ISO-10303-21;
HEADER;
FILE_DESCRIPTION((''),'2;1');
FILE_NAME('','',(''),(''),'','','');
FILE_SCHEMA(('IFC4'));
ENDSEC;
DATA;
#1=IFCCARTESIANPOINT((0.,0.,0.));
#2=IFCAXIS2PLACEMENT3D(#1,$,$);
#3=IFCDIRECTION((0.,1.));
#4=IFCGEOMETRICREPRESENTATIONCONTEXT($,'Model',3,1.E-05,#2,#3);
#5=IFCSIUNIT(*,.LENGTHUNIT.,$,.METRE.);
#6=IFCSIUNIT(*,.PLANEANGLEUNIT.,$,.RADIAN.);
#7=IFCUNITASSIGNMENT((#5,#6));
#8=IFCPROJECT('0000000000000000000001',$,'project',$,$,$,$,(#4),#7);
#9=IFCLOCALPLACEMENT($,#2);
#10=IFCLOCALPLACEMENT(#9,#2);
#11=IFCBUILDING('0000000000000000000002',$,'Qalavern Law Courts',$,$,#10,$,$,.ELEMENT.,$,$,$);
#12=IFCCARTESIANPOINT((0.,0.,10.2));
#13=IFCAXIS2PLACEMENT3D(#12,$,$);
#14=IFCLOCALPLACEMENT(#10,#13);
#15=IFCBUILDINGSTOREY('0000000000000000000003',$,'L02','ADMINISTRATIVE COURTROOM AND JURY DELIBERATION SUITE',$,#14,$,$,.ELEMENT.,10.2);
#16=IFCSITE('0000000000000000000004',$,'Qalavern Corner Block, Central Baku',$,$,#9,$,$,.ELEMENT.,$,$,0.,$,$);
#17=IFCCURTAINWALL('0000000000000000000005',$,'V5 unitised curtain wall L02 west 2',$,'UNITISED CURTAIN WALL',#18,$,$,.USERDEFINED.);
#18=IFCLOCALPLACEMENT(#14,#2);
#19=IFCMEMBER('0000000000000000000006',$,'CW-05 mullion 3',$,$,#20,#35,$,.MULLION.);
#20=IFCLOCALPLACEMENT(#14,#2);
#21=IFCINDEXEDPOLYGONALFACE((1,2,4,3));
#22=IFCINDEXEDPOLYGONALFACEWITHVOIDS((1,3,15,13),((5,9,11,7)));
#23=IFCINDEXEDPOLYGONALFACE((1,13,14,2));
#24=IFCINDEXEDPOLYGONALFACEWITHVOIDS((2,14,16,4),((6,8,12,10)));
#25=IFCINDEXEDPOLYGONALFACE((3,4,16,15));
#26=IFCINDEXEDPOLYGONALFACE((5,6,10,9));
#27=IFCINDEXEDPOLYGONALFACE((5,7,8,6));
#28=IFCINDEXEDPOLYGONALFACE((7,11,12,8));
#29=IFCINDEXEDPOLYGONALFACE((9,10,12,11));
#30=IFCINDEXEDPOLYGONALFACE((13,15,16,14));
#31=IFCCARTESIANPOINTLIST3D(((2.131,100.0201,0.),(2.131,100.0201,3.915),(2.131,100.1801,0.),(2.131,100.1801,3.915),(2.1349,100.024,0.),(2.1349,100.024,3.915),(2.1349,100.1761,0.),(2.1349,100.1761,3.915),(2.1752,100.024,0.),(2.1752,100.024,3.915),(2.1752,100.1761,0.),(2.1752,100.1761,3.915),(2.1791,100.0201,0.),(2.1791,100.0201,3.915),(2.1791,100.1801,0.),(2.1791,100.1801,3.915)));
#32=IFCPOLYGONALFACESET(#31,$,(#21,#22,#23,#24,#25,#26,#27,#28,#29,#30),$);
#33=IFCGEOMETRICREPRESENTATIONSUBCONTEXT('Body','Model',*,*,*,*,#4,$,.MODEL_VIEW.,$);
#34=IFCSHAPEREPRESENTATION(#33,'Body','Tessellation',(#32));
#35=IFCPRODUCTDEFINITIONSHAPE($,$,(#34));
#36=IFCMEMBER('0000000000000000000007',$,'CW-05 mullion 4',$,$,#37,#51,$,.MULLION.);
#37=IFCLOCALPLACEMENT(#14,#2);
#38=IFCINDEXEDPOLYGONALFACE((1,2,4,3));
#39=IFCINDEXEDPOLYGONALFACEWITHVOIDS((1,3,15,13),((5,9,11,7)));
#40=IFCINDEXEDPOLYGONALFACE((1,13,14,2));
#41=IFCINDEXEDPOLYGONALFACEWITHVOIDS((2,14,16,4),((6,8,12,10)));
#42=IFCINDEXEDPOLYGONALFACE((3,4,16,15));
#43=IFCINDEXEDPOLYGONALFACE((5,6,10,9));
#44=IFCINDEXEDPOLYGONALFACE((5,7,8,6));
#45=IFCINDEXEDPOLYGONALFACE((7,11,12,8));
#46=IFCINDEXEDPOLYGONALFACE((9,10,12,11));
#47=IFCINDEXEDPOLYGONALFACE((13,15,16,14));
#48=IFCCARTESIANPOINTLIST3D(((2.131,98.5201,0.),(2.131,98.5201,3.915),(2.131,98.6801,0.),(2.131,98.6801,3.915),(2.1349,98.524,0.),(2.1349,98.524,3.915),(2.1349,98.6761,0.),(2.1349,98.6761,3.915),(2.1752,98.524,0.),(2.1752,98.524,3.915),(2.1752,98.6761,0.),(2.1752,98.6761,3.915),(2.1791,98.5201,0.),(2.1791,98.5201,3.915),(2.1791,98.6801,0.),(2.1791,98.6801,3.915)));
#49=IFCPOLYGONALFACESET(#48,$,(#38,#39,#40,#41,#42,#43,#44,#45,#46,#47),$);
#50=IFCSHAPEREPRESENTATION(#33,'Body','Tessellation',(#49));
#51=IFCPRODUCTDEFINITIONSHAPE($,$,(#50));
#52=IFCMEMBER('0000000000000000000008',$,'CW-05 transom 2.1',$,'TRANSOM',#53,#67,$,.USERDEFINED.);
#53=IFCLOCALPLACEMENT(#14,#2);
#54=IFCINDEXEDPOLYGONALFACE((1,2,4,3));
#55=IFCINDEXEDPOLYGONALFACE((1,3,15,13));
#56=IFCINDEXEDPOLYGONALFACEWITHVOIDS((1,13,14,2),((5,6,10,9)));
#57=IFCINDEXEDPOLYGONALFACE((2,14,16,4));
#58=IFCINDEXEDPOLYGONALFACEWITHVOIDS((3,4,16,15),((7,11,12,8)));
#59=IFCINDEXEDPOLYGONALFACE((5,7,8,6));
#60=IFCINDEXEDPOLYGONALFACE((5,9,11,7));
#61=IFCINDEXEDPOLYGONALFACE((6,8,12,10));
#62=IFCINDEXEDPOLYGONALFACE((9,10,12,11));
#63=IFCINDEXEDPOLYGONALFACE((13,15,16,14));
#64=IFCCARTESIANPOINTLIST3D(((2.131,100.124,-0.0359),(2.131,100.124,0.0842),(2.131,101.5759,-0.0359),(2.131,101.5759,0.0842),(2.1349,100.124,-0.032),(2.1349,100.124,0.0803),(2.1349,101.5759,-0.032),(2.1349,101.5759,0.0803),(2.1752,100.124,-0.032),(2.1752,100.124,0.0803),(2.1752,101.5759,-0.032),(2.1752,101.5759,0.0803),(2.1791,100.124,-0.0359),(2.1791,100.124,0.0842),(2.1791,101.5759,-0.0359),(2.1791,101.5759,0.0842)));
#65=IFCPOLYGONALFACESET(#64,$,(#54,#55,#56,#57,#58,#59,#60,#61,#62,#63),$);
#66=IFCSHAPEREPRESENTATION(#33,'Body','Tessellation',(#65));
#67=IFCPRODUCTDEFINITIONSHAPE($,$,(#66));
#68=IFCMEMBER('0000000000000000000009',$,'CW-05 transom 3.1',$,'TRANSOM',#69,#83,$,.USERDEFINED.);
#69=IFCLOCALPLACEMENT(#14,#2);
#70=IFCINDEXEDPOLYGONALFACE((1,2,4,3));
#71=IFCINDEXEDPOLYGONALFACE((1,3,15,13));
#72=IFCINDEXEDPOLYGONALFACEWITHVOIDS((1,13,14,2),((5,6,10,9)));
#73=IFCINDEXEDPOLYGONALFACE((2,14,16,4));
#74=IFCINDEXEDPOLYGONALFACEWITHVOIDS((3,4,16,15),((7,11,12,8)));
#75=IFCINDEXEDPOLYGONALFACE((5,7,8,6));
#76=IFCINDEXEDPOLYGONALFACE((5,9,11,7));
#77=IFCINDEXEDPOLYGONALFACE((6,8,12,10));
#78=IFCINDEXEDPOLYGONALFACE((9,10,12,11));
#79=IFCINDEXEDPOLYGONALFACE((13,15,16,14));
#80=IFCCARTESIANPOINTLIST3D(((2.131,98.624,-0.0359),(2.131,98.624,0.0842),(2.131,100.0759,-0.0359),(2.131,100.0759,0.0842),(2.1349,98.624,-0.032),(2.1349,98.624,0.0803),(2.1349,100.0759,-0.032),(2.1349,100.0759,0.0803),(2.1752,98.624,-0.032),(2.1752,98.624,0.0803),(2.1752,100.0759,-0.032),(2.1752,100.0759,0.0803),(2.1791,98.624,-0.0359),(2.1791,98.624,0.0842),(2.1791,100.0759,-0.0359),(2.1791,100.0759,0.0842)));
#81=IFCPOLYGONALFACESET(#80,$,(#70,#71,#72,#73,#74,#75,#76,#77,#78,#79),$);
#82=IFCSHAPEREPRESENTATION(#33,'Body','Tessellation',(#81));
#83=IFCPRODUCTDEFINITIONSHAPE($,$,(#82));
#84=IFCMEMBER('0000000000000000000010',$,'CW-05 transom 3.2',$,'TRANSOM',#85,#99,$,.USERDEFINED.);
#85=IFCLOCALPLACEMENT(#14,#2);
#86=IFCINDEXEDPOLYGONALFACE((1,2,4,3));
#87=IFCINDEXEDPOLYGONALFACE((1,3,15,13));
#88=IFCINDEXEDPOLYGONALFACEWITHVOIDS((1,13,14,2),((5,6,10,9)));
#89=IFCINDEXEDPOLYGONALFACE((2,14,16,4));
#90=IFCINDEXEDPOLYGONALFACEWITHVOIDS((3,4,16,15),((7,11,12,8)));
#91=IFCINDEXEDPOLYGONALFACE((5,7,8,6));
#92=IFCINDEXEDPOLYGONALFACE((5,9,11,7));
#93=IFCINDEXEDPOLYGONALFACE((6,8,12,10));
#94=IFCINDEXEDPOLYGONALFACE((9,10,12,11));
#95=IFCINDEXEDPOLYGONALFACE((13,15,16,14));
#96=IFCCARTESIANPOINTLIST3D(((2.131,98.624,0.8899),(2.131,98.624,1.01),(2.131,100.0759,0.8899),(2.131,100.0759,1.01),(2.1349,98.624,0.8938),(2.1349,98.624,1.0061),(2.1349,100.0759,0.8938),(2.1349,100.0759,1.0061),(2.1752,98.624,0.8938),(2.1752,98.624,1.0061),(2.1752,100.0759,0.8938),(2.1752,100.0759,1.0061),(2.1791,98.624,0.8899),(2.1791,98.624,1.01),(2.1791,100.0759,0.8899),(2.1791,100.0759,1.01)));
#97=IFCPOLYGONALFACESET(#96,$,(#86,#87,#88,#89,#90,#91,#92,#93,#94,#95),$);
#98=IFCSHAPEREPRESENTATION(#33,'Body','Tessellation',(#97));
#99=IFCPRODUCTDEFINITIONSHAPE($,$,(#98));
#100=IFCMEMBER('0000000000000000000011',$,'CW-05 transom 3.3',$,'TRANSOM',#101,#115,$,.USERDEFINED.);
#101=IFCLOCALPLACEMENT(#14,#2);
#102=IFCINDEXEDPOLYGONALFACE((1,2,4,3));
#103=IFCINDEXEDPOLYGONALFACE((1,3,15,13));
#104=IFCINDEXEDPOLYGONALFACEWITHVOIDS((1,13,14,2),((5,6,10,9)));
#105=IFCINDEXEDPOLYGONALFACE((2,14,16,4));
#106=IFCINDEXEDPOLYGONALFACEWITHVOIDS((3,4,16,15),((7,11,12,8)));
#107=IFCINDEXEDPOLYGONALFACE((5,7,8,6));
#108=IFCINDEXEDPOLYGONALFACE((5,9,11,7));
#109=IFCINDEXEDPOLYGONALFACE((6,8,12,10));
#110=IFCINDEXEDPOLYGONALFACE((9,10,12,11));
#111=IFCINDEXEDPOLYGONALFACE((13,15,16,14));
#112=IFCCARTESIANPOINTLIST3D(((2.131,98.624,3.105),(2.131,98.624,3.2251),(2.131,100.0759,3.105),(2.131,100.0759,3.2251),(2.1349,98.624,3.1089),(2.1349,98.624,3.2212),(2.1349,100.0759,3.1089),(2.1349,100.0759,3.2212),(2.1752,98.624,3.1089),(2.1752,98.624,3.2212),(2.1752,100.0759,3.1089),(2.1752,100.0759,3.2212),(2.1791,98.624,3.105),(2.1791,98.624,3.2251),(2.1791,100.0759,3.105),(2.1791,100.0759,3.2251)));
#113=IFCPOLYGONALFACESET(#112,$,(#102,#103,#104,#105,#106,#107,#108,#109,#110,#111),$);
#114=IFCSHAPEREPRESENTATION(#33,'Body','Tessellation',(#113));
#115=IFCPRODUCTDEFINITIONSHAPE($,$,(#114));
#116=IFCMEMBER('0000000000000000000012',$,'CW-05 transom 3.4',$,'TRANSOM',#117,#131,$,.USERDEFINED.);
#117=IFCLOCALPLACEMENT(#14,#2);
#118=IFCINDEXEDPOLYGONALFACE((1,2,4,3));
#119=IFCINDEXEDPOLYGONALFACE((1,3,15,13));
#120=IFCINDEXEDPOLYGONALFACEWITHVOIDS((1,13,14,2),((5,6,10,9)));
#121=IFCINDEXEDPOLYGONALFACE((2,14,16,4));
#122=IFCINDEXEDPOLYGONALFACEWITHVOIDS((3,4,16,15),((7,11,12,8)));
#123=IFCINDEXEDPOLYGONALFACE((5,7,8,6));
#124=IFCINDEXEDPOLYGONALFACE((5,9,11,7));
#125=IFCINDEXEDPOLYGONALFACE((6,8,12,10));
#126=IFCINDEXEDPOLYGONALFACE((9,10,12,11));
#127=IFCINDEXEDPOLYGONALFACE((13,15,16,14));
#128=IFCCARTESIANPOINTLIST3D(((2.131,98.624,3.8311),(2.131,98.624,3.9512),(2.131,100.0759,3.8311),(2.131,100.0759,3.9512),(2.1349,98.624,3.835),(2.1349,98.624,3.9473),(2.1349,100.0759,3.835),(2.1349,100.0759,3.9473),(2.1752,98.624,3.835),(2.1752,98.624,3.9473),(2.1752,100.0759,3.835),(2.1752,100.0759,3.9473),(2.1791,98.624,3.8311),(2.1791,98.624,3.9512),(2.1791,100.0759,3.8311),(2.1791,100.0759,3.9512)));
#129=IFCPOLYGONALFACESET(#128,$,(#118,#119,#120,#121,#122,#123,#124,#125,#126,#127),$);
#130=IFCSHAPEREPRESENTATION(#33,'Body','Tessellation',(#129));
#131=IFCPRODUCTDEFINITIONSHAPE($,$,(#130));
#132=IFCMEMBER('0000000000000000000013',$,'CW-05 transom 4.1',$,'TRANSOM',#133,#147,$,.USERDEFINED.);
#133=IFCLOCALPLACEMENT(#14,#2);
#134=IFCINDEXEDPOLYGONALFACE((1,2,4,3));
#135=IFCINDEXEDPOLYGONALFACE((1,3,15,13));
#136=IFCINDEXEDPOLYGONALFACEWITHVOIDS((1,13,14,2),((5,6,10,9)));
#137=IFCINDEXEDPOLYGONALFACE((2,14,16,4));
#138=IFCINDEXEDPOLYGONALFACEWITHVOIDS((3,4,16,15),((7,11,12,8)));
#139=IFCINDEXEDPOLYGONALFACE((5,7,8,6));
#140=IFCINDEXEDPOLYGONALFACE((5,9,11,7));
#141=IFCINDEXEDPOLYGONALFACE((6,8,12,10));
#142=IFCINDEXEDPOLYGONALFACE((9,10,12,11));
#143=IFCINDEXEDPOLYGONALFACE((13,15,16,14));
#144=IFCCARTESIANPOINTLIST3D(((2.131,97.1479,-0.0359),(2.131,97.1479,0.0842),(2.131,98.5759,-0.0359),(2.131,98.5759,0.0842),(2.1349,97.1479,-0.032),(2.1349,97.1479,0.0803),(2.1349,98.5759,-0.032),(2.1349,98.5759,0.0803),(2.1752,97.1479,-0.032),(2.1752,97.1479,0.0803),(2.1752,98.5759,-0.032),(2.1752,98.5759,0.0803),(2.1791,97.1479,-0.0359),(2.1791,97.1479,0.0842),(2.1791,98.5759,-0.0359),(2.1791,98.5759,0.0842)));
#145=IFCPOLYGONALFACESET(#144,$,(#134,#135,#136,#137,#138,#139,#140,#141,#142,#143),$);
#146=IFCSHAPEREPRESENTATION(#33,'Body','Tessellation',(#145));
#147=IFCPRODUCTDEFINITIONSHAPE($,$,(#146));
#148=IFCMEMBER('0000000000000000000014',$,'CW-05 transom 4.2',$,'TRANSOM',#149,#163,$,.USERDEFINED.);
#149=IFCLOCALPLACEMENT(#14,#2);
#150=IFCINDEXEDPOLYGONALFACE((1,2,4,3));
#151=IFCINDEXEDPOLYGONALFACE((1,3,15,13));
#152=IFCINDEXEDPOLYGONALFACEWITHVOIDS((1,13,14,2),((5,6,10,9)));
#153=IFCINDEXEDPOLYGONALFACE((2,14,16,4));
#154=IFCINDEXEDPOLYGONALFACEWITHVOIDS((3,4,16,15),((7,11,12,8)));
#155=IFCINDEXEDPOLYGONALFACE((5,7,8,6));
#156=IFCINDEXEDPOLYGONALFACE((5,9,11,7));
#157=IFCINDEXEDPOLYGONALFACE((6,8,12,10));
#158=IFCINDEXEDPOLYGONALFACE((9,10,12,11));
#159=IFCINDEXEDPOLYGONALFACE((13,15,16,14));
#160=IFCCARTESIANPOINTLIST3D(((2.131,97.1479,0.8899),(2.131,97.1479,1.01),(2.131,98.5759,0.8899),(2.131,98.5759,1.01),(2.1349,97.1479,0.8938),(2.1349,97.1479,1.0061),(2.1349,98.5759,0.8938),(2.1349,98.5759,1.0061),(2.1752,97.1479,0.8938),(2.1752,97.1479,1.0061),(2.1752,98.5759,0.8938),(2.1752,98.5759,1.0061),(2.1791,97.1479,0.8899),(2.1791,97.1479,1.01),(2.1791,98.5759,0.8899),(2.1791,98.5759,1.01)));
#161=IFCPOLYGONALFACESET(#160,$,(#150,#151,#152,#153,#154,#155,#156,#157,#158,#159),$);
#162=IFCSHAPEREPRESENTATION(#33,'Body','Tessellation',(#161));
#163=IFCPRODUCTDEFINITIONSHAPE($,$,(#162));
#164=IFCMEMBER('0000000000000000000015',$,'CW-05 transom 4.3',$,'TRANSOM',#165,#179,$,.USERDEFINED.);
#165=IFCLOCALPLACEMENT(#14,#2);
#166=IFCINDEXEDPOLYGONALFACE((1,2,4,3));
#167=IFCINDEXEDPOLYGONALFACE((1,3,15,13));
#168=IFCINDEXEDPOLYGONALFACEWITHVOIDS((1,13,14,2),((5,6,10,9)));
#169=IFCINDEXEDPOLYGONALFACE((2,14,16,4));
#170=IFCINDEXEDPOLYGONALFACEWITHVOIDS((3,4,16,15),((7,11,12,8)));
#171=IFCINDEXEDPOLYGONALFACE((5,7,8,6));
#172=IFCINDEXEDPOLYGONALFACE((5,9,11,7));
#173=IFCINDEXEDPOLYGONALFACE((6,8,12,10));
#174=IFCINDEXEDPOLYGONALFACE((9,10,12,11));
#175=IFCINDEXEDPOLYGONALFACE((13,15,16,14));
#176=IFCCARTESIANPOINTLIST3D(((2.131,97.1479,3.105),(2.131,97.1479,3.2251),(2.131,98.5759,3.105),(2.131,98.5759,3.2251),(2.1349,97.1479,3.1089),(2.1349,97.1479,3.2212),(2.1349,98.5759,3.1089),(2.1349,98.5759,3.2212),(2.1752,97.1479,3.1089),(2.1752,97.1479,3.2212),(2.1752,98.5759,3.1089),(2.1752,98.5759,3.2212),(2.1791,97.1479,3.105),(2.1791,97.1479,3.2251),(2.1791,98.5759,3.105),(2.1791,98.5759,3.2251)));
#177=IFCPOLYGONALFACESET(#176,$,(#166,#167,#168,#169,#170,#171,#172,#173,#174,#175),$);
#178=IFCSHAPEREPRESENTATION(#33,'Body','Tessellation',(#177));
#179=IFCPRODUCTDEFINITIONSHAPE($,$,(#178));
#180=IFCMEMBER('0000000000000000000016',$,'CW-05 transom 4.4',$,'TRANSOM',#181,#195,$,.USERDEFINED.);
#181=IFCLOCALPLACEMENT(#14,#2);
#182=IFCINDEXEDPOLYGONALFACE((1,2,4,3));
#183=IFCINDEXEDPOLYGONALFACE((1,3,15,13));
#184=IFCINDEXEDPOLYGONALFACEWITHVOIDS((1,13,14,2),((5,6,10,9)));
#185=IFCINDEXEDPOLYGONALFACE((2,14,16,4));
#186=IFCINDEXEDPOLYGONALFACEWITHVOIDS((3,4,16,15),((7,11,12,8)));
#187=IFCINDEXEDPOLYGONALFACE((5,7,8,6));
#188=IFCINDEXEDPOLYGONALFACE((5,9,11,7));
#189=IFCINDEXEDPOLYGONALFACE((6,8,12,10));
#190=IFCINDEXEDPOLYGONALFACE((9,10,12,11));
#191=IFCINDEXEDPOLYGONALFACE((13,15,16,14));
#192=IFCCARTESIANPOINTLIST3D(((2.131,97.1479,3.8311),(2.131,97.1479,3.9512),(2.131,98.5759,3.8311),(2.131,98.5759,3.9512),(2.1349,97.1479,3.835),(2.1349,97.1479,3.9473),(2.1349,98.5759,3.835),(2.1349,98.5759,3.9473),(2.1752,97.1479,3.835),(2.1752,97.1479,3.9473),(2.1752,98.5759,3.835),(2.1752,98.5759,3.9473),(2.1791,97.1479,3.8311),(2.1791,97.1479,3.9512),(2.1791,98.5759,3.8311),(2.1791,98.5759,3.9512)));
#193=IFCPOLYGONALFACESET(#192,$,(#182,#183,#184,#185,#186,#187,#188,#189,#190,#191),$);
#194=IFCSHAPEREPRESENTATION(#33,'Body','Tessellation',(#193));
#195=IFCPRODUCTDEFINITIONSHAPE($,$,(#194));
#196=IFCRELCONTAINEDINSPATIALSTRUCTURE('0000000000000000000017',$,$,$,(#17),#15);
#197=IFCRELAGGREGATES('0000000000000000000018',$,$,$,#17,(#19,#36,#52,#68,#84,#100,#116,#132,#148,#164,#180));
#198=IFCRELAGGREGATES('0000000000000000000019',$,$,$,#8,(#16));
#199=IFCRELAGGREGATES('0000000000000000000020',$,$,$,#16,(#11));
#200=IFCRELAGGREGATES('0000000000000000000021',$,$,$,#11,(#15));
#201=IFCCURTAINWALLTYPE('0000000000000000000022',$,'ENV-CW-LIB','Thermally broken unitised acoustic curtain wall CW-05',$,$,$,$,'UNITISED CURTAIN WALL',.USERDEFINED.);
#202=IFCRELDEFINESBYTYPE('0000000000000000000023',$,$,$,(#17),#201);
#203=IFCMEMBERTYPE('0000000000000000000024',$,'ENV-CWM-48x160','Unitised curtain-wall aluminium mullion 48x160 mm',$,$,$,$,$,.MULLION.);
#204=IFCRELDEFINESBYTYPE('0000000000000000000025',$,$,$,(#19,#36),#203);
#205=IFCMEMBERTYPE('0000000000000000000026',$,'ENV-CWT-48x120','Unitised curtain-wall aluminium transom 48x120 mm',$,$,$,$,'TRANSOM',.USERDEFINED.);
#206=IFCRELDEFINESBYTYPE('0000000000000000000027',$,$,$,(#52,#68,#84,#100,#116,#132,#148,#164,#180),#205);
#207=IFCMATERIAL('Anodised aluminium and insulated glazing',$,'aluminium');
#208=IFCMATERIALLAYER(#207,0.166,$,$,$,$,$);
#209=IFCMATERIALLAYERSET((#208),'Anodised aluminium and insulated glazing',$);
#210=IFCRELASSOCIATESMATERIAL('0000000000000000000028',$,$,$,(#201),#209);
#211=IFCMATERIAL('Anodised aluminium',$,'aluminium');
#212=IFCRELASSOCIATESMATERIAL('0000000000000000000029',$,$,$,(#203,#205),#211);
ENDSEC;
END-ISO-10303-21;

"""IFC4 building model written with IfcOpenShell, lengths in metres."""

from ifc_helpers import new_model, si_unit, direction, frame, origin, origin_2d, place, context, subcontext, project, spatial, hollow_rectangle, extrude, material, layer, layer_set, material_profile, profile_set, type_object, element, aggregate, save


model = new_model("IFC4")

# Units and contexts
model_context = context("Model", 3, precision=1e-05, world=origin(), true_north=direction((0.0, 1.0)))
body_context = subcontext(model_context, "Body", "Model", "MODEL_VIEW")
ifc_project = project(units=[si_unit("LENGTHUNIT", "METRE"), si_unit("PLANEANGLEUNIT", "RADIAN")], contexts=[model_context])

# Site, building, storey
site_placement = place(None, origin())
site = spatial("IfcSite", under=ifc_project, at=site_placement, Name="Qalavern Corner Block, Central Baku", CompositionType="ELEMENT", RefElevation=0.0)
building_placement = place(site_placement, origin())
building = spatial("IfcBuilding", under=site, at=building_placement, Name="Qalavern Law Courts", CompositionType="ELEMENT")
storey_placement = place(building_placement, frame((0.0, 0.0, 10.2)))
storey = spatial("IfcBuildingStorey", under=building, at=storey_placement, Name="L02", Description="ADMINISTRATIVE COURTROOM AND JURY DELIBERATION SUITE", CompositionType="ELEMENT", Elevation=10.2)

# Curtain wall, members
ifc_material_1 = material(Name="Anodised aluminium and insulated glazing", Category="aluminium")
ifc_layer_1 = layer(ifc_material_1, 0.166)
ifc_layer_set_1 = layer_set([ifc_layer_1], Name="Anodised aluminium and insulated glazing")
curtain_wall_type = type_object("IfcCurtainWallType", Name="ENV-CW-LIB", Description="Thermally broken unitised acoustic curtain wall CW-05", ElementType="UNITISED CURTAIN WALL", PredefinedType="USERDEFINED", material=ifc_layer_set_1)
curtain_wall_placement = place(storey_placement, origin())
curtain_wall = element("IfcCurtainWall", 1, at=curtain_wall_placement, inside=storey, type_object=curtain_wall_type, Name="V5 unitised curtain wall L02 west 2", ObjectType="UNITISED CURTAIN WALL", PredefinedType="USERDEFINED")
ifc_material_2 = material(Name="Anodised aluminium", Category="aluminium")
ifc_material_profile_1 = material_profile(ifc_material_2, hollow_rectangle(XDim=0.0481, YDim=0.1599, WallThickness=0.0039, at=origin_2d()), Name="ALU MULLION 48x160")
ifc_profile_set_1 = profile_set([ifc_material_profile_1], Name="Anodised aluminium")
member_type_1 = type_object("IfcMemberType", Name="ENV-CWM-48x160", Description="Unitised curtain-wall aluminium mullion 48x160 mm", PredefinedType="MULLION", material=ifc_profile_set_1)
member_1_placement = place(storey_placement, frame((2.155, 100.1001, 0.0), z_axis=(0.0, 0.0, 1.0), x_axis=(1.0, 0.0, 0.0)))
member_1 = element("IfcMember", 2, at=member_1_placement, type_object=member_type_1, Name="CW-05 mullion 3", PredefinedType="MULLION", context=body_context, shape_type="SweptSolid", body=[
    extrude(hollow_rectangle(XDim=0.0481, YDim=0.1599, WallThickness=0.0039, at=origin_2d()), origin(), (0.0, 0.0, 1.0), 3.915),
])
member_2_placement = place(storey_placement, frame((2.155, 98.6001, 0.0), z_axis=(0.0, 0.0, 1.0), x_axis=(1.0, 0.0, 0.0)))
member_2 = element("IfcMember", 3, at=member_2_placement, type_object=member_type_1, Name="CW-05 mullion 4", PredefinedType="MULLION", context=body_context, shape_type="SweptSolid", body=[
    extrude(hollow_rectangle(XDim=0.0481, YDim=0.1599, WallThickness=0.0039, at=origin_2d()), origin(), (0.0, 0.0, 1.0), 3.915),
])
ifc_material_profile_2 = material_profile(ifc_material_2, hollow_rectangle(XDim=0.0481, YDim=0.1201, WallThickness=0.0039, at=origin_2d()), Name="ALU TRANSOM 48x120")
ifc_profile_set_2 = profile_set([ifc_material_profile_2], Name="Anodised aluminium")
member_type_2 = type_object("IfcMemberType", Name="ENV-CWT-48x120", Description="Unitised curtain-wall aluminium transom 48x120 mm", ElementType="TRANSOM", PredefinedType="USERDEFINED", material=ifc_profile_set_2)
member_3_placement = place(storey_placement, frame((2.155, 101.5759, 0.0242), z_axis=(0.0, -1.0, 0.0), x_axis=(1.0, 0.0, 0.0)))
member_3 = element("IfcMember", 4, at=member_3_placement, type_object=member_type_2, Name="CW-05 transom 2.1", ObjectType="TRANSOM", PredefinedType="USERDEFINED", context=body_context, shape_type="SweptSolid", body=[
    extrude(hollow_rectangle(XDim=0.0481, YDim=0.1201, WallThickness=0.0039, at=origin_2d()), origin(), (0.0, 0.0, 1.0), 1.4519),
])
member_4_placement = place(storey_placement, frame((2.155, 100.0759, 0.0242), z_axis=(0.0, -1.0, 0.0), x_axis=(1.0, 0.0, 0.0)))
member_4 = element("IfcMember", 5, at=member_4_placement, type_object=member_type_2, Name="CW-05 transom 3.1", ObjectType="TRANSOM", PredefinedType="USERDEFINED", context=body_context, shape_type="SweptSolid", body=[
    extrude(hollow_rectangle(XDim=0.0481, YDim=0.1201, WallThickness=0.0039, at=origin_2d()), origin(), (0.0, 0.0, 1.0), 1.4519),
])
member_5_placement = place(storey_placement, frame((2.155, 100.0759, 0.95), z_axis=(0.0, -1.0, 0.0), x_axis=(1.0, 0.0, 0.0)))
member_5 = element("IfcMember", 6, at=member_5_placement, type_object=member_type_2, Name="CW-05 transom 3.2", ObjectType="TRANSOM", PredefinedType="USERDEFINED", context=body_context, shape_type="SweptSolid", body=[
    extrude(hollow_rectangle(XDim=0.0481, YDim=0.1201, WallThickness=0.0039, at=origin_2d()), origin(), (0.0, 0.0, 1.0), 1.4519),
])
member_6_placement = place(storey_placement, frame((2.155, 100.0759, 3.165), z_axis=(0.0, -1.0, 0.0), x_axis=(1.0, 0.0, 0.0)))
member_6 = element("IfcMember", 7, at=member_6_placement, type_object=member_type_2, Name="CW-05 transom 3.3", ObjectType="TRANSOM", PredefinedType="USERDEFINED", context=body_context, shape_type="SweptSolid", body=[
    extrude(hollow_rectangle(XDim=0.0481, YDim=0.1201, WallThickness=0.0039, at=origin_2d()), origin(), (0.0, 0.0, 1.0), 1.4519),
])
member_7_placement = place(storey_placement, frame((2.155, 100.0759, 3.8911), z_axis=(0.0, -1.0, 0.0), x_axis=(1.0, 0.0, 0.0)))
member_7 = element("IfcMember", 8, at=member_7_placement, type_object=member_type_2, Name="CW-05 transom 3.4", ObjectType="TRANSOM", PredefinedType="USERDEFINED", context=body_context, shape_type="SweptSolid", body=[
    extrude(hollow_rectangle(XDim=0.0481, YDim=0.1201, WallThickness=0.0039, at=origin_2d()), origin(), (0.0, 0.0, 1.0), 1.4519),
])
member_8_placement = place(storey_placement, frame((2.155, 98.5759, 0.0242), z_axis=(0.0, -1.0, 0.0), x_axis=(1.0, 0.0, 0.0)))
member_8 = element("IfcMember", 9, at=member_8_placement, type_object=member_type_2, Name="CW-05 transom 4.1", ObjectType="TRANSOM", PredefinedType="USERDEFINED", context=body_context, shape_type="SweptSolid", body=[
    extrude(hollow_rectangle(XDim=0.0481, YDim=0.1201, WallThickness=0.0039, at=origin_2d()), origin(), (0.0, 0.0, 1.0), 1.428),
])
member_9_placement = place(storey_placement, frame((2.155, 98.5759, 0.95), z_axis=(0.0, -1.0, 0.0), x_axis=(1.0, 0.0, 0.0)))
member_9 = element("IfcMember", 10, at=member_9_placement, type_object=member_type_2, Name="CW-05 transom 4.2", ObjectType="TRANSOM", PredefinedType="USERDEFINED", context=body_context, shape_type="SweptSolid", body=[
    extrude(hollow_rectangle(XDim=0.0481, YDim=0.1201, WallThickness=0.0039, at=origin_2d()), origin(), (0.0, 0.0, 1.0), 1.428),
])
member_10_placement = place(storey_placement, frame((2.155, 98.5759, 3.165), z_axis=(0.0, -1.0, 0.0), x_axis=(1.0, 0.0, 0.0)))
member_10 = element("IfcMember", 11, at=member_10_placement, type_object=member_type_2, Name="CW-05 transom 4.3", ObjectType="TRANSOM", PredefinedType="USERDEFINED", context=body_context, shape_type="SweptSolid", body=[
    extrude(hollow_rectangle(XDim=0.0481, YDim=0.1201, WallThickness=0.0039, at=origin_2d()), origin(), (0.0, 0.0, 1.0), 1.428),
])
member_11_placement = place(storey_placement, frame((2.155, 98.5759, 3.8911), z_axis=(0.0, -1.0, 0.0), x_axis=(1.0, 0.0, 0.0)))
member_11 = element("IfcMember", 12, at=member_11_placement, type_object=member_type_2, Name="CW-05 transom 4.4", ObjectType="TRANSOM", PredefinedType="USERDEFINED", context=body_context, shape_type="SweptSolid", body=[
    extrude(hollow_rectangle(XDim=0.0481, YDim=0.1201, WallThickness=0.0039, at=origin_2d()), origin(), (0.0, 0.0, 1.0), 1.428),
])

aggregate(curtain_wall, [member_1, member_2, member_3, member_4, member_5, member_6, member_7, member_8, member_9, member_10, member_11])

save(model, "model.ifc")
